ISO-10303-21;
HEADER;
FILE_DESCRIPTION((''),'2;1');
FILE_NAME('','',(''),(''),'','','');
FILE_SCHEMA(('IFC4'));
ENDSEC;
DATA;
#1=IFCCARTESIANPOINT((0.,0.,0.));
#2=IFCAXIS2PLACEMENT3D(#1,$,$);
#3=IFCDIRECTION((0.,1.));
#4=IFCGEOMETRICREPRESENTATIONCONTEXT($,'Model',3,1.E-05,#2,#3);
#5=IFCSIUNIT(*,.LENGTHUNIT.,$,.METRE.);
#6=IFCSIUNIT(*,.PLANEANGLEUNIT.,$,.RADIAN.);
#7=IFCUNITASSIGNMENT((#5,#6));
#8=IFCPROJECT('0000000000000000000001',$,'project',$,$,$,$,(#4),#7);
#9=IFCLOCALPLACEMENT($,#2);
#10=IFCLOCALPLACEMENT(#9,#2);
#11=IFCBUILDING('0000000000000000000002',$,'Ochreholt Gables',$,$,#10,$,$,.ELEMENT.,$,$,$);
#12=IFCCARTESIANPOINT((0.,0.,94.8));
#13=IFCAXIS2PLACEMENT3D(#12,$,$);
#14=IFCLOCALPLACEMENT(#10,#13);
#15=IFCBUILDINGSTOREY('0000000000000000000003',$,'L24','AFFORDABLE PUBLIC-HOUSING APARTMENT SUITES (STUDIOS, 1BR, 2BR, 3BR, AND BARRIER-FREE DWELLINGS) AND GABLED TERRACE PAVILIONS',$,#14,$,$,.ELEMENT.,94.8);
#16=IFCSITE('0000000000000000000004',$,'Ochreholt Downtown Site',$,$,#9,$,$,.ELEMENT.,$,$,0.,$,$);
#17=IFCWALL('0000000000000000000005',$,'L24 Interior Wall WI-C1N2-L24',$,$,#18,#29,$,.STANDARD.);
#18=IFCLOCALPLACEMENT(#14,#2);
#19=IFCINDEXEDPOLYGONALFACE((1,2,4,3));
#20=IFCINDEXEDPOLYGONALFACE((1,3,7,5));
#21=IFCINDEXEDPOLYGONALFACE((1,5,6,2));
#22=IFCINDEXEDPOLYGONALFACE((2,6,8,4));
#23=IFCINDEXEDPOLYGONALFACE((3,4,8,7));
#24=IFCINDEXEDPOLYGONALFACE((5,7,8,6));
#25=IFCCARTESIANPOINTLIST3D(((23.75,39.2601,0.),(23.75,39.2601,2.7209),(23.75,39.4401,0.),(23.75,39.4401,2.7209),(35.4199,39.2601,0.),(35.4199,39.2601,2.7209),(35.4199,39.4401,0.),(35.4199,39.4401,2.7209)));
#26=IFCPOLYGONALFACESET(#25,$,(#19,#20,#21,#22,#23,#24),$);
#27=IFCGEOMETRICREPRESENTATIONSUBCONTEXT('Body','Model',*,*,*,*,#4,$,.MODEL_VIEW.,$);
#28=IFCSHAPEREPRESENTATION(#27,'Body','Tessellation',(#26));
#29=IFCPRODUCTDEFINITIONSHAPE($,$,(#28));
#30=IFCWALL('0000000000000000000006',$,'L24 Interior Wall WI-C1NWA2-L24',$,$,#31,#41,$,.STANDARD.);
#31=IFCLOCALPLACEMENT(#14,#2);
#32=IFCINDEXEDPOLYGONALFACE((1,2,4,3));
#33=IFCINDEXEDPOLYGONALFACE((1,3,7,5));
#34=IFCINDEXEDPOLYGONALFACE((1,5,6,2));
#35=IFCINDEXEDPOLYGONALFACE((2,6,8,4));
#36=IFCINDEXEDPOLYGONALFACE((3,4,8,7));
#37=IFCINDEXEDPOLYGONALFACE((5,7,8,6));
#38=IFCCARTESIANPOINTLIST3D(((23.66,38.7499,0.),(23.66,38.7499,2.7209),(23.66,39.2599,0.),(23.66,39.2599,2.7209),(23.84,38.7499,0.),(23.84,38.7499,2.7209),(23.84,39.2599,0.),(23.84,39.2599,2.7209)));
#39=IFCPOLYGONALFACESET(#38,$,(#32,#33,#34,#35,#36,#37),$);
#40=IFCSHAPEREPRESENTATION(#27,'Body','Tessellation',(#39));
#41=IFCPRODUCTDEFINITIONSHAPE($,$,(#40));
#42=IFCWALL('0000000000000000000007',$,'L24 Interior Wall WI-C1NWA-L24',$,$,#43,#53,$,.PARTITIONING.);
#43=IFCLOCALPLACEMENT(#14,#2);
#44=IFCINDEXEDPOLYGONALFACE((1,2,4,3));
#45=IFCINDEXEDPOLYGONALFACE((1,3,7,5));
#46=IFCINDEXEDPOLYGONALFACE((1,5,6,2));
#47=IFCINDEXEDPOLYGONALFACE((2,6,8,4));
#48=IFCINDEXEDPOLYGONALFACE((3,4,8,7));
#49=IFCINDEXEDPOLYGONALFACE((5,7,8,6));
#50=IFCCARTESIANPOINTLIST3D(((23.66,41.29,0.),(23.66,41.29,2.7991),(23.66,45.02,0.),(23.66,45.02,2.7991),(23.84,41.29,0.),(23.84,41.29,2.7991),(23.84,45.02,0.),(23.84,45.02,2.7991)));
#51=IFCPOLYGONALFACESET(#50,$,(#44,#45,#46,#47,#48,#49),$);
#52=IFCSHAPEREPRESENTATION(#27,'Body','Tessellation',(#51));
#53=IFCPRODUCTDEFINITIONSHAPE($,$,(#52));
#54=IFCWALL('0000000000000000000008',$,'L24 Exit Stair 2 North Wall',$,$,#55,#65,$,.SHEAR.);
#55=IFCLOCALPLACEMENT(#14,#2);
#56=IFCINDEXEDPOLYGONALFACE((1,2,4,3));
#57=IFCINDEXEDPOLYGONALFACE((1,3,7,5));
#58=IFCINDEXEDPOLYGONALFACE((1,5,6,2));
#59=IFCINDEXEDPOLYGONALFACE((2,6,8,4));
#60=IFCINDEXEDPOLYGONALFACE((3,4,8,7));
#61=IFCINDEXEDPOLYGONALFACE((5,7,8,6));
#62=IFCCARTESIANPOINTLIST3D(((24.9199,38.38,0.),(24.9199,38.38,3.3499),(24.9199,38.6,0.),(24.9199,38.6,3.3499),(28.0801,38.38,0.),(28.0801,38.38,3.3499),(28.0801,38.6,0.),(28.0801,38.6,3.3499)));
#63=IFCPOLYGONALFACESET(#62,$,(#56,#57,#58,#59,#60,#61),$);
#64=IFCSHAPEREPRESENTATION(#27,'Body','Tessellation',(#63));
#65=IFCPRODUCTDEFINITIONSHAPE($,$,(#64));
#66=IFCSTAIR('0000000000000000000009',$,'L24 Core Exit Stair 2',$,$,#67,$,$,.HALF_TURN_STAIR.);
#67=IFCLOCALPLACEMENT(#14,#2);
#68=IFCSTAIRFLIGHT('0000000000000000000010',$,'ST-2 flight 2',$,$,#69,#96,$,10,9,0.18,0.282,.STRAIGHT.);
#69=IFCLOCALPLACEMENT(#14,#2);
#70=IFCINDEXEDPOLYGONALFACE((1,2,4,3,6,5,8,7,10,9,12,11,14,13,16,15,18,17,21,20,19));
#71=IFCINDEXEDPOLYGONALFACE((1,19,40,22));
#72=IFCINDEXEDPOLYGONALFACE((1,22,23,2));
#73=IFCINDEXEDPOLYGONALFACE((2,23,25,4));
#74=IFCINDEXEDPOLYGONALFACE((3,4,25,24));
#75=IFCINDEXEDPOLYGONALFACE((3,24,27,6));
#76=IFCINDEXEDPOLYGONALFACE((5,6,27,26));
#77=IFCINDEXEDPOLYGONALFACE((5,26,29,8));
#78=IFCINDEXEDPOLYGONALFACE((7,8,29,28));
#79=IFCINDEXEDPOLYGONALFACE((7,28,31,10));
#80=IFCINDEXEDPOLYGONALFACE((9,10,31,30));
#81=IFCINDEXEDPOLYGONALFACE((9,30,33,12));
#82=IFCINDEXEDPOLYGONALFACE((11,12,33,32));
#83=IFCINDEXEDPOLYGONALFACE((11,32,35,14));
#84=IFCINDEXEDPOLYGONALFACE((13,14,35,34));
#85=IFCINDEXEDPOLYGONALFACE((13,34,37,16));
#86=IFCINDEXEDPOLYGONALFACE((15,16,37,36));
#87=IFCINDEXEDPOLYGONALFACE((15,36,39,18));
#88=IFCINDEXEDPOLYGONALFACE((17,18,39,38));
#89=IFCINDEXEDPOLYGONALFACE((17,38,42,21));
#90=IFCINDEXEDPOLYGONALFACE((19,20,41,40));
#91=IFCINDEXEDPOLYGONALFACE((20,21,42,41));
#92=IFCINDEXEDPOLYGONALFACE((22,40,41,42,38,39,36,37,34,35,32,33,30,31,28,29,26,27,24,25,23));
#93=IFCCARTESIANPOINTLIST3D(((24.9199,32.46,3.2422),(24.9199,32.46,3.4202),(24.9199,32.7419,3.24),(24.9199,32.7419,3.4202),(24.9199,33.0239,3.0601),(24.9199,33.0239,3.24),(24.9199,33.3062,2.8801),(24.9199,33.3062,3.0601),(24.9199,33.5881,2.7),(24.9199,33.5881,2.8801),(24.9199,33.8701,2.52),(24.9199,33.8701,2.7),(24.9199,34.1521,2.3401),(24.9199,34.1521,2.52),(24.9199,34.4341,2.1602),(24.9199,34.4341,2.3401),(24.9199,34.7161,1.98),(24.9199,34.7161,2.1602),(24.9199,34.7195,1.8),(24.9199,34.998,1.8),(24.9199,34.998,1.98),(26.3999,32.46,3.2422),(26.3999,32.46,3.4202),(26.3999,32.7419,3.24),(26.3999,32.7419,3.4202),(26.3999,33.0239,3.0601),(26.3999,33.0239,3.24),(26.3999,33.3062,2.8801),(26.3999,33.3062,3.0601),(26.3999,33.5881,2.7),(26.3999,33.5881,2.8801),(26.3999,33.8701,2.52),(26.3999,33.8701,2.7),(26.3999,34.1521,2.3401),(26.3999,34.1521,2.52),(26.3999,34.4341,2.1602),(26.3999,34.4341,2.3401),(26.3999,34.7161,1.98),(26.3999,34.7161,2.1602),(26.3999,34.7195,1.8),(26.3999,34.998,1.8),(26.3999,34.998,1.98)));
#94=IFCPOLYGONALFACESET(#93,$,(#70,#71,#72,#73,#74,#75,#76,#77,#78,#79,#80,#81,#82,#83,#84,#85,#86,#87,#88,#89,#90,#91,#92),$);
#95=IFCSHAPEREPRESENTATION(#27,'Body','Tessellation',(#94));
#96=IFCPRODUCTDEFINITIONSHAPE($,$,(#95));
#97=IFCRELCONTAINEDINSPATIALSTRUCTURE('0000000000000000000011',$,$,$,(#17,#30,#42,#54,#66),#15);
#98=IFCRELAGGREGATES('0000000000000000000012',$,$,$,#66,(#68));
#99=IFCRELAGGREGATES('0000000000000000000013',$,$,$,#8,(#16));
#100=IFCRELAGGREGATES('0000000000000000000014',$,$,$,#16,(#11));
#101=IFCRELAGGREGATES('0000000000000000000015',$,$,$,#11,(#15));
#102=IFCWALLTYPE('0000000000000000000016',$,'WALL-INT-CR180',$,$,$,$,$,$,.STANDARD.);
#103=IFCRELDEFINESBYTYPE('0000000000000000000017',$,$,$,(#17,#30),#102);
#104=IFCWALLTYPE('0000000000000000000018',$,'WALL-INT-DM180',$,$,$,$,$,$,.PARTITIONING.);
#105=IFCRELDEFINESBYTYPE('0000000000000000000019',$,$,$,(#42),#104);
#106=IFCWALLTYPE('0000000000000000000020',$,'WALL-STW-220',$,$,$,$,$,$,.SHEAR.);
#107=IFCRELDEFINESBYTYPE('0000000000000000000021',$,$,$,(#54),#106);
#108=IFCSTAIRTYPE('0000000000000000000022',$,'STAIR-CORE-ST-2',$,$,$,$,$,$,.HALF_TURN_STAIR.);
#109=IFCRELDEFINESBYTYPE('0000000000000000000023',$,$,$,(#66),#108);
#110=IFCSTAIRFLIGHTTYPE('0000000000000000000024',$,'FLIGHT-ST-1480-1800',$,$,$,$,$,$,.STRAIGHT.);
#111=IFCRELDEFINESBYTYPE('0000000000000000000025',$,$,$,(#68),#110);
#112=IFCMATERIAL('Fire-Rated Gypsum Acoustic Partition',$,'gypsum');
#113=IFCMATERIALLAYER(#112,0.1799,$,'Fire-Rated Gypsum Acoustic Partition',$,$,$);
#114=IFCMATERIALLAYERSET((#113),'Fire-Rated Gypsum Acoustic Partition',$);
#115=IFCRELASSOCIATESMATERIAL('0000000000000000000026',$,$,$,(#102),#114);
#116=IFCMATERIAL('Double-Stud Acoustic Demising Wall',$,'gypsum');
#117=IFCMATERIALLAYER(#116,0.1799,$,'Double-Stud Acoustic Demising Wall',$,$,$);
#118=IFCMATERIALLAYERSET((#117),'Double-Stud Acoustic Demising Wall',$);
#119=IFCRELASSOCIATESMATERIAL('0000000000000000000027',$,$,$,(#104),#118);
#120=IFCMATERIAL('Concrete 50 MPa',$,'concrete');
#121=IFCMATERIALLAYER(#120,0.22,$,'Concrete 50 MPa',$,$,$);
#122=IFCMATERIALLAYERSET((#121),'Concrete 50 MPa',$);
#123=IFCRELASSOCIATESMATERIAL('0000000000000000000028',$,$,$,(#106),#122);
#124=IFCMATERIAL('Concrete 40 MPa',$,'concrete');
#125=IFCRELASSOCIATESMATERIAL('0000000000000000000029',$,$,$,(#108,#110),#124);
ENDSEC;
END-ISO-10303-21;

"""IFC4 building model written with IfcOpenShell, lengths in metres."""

from ifc_helpers import new_model, si_unit, direction, frame, frame_2d, origin, place, context, subcontext, project, spatial, polyline, rectangle, outline, extrude, material, layer, layer_set, type_object, element, aggregate, save


model = new_model("IFC4")

# Units and contexts
model_context = context("Model", 3, precision=1e-05, world=origin(), true_north=direction((0.0, 1.0)))
body_context = subcontext(model_context, "Body", "Model", "MODEL_VIEW")
ifc_project = project(units=[si_unit("LENGTHUNIT", "METRE"), si_unit("PLANEANGLEUNIT", "RADIAN")], contexts=[model_context])

# Site, building, storey
site_placement = place(None, origin())
site = spatial("IfcSite", under=ifc_project, at=site_placement, Name="Ochreholt Downtown Site", CompositionType="ELEMENT", RefElevation=0.0)
building_placement = place(site_placement, origin())
building = spatial("IfcBuilding", under=site, at=building_placement, Name="Ochreholt Gables", CompositionType="ELEMENT")
storey_placement = place(building_placement, frame((0.0, 0.0, 94.8)))
storey = spatial("IfcBuildingStorey", under=building, at=storey_placement, Name="L24", Description="AFFORDABLE PUBLIC-HOUSING APARTMENT SUITES (STUDIOS, 1BR, 2BR, 3BR, AND BARRIER-FREE DWELLINGS) AND GABLED TERRACE PAVILIONS", CompositionType="ELEMENT", Elevation=94.8)

# Shared definitions
ifc_material_1 = material(Name="Fire-Rated Gypsum Acoustic Partition", Category="gypsum")
ifc_layer_1 = layer(ifc_material_1, 0.1799, Name="Fire-Rated Gypsum Acoustic Partition")
ifc_layer_set_1 = layer_set([ifc_layer_1], Name="Fire-Rated Gypsum Acoustic Partition")
wall_type_1 = type_object("IfcWallType", Name="WALL-INT-CR180", PredefinedType="STANDARD", material=ifc_layer_set_1)

# Walls
wall_1_placement = place(storey_placement, frame((23.75, 39.3501, 0.0), z_axis=(0.0, 0.0, 1.0), x_axis=(1.0, 0.0, 0.0)))
element("IfcWall", 1, at=wall_1_placement, inside=storey, type_object=wall_type_1, Name="L24 Interior Wall WI-C1N2-L24", PredefinedType="STANDARD", context=body_context, shape_type="SweptSolid", body=[
    extrude(rectangle(XDim=11.6699, YDim=0.1799, at=frame_2d((5.835, 0.0))), origin(), (0.0, 0.0, 1.0), 2.7209),
])
wall_2_placement = place(storey_placement, frame((23.75, 38.75, 0.0), z_axis=(0.0, 0.0, 1.0), x_axis=(0.0, 1.0, 0.0)))
element("IfcWall", 2, at=wall_2_placement, inside=storey, type_object=wall_type_1, Name="L24 Interior Wall WI-C1NWA2-L24", PredefinedType="STANDARD", context=body_context, shape_type="SweptSolid", body=[
    extrude(rectangle(XDim=0.51, YDim=0.1799, at=frame_2d((0.2549, 0.0))), origin(), (0.0, 0.0, 1.0), 2.7209),
])
ifc_material_2 = material(Name="Double-Stud Acoustic Demising Wall", Category="gypsum")
ifc_layer_2 = layer(ifc_material_2, 0.1799, Name="Double-Stud Acoustic Demising Wall")
ifc_layer_set_2 = layer_set([ifc_layer_2], Name="Double-Stud Acoustic Demising Wall")
wall_type_2 = type_object("IfcWallType", Name="WALL-INT-DM180", PredefinedType="PARTITIONING", material=ifc_layer_set_2)
wall_3_placement = place(storey_placement, frame((23.75, 41.29, 0.0), z_axis=(0.0, 0.0, 1.0), x_axis=(0.0, 1.0, 0.0)))
element("IfcWall", 3, at=wall_3_placement, inside=storey, type_object=wall_type_2, Name="L24 Interior Wall WI-C1NWA-L24", PredefinedType="PARTITIONING", context=body_context, shape_type="SweptSolid", body=[
    extrude(rectangle(XDim=3.73, YDim=0.1799, at=frame_2d((1.865, 0.0))), origin(), (0.0, 0.0, 1.0), 2.7991),
])
ifc_material_3 = material(Name="Concrete 50 MPa", Category="concrete")
ifc_layer_3 = layer(ifc_material_3, 0.22, Name="Concrete 50 MPa")
ifc_layer_set_3 = layer_set([ifc_layer_3], Name="Concrete 50 MPa")
wall_type_3 = type_object("IfcWallType", Name="WALL-STW-220", PredefinedType="SHEAR", material=ifc_layer_set_3)
wall_4_placement = place(storey_placement, frame((24.9199, 38.49, 0.0), z_axis=(0.0, 0.0, 1.0), x_axis=(1.0, 0.0, 0.0)))
element("IfcWall", 4, at=wall_4_placement, inside=storey, type_object=wall_type_3, Name="L24 Exit Stair 2 North Wall", PredefinedType="SHEAR", context=body_context, shape_type="SweptSolid", body=[
    extrude(rectangle(XDim=3.1602, YDim=0.22, at=frame_2d((1.5801, 0.0))), origin(), (0.0, 0.0, 1.0), 3.3499),
])

# Stair, stair flight
ifc_material_4 = material(Name="Concrete 40 MPa", Category="concrete")
stair_type = type_object("IfcStairType", Name="STAIR-CORE-ST-2", PredefinedType="HALF_TURN_STAIR", material=ifc_material_4)
stair_placement = place(storey_placement, origin())
stair = element("IfcStair", 5, at=stair_placement, inside=storey, type_object=stair_type, Name="L24 Core Exit Stair 2", PredefinedType="HALF_TURN_STAIR")
stair_flight_type = type_object("IfcStairFlightType", Name="FLIGHT-ST-1480-1800", PredefinedType="STRAIGHT", material=ifc_material_4)
stair_flight_placement = place(storey_placement, frame((25.6599, 34.998, 1.8), z_axis=(0.0, 0.0, 1.0), x_axis=(0.0, -1.0, 0.0)))
stair_flight = element("IfcStairFlight", 6, at=stair_flight_placement, type_object=stair_flight_type, Name="ST-2 flight 2", NumberOfRisers=10, NumberOfTreads=9, PredefinedType="STRAIGHT", RiserHeight=0.18, TreadLength=0.282, context=body_context, shape_type="SweptSolid", body=[
    extrude(outline(polyline([(0.0, 0.0), (0.0, 0.1799), (0.282, 0.1799), (0.282, 0.3601), (0.564, 0.3601), (0.564, 0.54), (0.8459, 0.54), (0.8459, 0.72), (1.1279, 0.72), (1.1279, 0.8999), (1.4099, 0.8999), (1.4099, 1.0801), (1.6919, 1.0801), (1.6919, 1.26), (1.9741, 1.26), (1.9741, 1.4399), (2.2561, 1.4399), (2.2561, 1.6201), (2.5381, 1.6201), (2.5381, 1.8), (2.5381, 1.4421), (0.2786, 0.0), (0.0, 0.0)])), frame((0.0, 0.74, 0.0), z_axis=(0.0, -1.0, 0.0), x_axis=(1.0, 0.0, 0.0)), (0.0, 0.0, 1.0), 1.48),
])
aggregate(stair, [stair_flight])

save(model, "model.ifc")
